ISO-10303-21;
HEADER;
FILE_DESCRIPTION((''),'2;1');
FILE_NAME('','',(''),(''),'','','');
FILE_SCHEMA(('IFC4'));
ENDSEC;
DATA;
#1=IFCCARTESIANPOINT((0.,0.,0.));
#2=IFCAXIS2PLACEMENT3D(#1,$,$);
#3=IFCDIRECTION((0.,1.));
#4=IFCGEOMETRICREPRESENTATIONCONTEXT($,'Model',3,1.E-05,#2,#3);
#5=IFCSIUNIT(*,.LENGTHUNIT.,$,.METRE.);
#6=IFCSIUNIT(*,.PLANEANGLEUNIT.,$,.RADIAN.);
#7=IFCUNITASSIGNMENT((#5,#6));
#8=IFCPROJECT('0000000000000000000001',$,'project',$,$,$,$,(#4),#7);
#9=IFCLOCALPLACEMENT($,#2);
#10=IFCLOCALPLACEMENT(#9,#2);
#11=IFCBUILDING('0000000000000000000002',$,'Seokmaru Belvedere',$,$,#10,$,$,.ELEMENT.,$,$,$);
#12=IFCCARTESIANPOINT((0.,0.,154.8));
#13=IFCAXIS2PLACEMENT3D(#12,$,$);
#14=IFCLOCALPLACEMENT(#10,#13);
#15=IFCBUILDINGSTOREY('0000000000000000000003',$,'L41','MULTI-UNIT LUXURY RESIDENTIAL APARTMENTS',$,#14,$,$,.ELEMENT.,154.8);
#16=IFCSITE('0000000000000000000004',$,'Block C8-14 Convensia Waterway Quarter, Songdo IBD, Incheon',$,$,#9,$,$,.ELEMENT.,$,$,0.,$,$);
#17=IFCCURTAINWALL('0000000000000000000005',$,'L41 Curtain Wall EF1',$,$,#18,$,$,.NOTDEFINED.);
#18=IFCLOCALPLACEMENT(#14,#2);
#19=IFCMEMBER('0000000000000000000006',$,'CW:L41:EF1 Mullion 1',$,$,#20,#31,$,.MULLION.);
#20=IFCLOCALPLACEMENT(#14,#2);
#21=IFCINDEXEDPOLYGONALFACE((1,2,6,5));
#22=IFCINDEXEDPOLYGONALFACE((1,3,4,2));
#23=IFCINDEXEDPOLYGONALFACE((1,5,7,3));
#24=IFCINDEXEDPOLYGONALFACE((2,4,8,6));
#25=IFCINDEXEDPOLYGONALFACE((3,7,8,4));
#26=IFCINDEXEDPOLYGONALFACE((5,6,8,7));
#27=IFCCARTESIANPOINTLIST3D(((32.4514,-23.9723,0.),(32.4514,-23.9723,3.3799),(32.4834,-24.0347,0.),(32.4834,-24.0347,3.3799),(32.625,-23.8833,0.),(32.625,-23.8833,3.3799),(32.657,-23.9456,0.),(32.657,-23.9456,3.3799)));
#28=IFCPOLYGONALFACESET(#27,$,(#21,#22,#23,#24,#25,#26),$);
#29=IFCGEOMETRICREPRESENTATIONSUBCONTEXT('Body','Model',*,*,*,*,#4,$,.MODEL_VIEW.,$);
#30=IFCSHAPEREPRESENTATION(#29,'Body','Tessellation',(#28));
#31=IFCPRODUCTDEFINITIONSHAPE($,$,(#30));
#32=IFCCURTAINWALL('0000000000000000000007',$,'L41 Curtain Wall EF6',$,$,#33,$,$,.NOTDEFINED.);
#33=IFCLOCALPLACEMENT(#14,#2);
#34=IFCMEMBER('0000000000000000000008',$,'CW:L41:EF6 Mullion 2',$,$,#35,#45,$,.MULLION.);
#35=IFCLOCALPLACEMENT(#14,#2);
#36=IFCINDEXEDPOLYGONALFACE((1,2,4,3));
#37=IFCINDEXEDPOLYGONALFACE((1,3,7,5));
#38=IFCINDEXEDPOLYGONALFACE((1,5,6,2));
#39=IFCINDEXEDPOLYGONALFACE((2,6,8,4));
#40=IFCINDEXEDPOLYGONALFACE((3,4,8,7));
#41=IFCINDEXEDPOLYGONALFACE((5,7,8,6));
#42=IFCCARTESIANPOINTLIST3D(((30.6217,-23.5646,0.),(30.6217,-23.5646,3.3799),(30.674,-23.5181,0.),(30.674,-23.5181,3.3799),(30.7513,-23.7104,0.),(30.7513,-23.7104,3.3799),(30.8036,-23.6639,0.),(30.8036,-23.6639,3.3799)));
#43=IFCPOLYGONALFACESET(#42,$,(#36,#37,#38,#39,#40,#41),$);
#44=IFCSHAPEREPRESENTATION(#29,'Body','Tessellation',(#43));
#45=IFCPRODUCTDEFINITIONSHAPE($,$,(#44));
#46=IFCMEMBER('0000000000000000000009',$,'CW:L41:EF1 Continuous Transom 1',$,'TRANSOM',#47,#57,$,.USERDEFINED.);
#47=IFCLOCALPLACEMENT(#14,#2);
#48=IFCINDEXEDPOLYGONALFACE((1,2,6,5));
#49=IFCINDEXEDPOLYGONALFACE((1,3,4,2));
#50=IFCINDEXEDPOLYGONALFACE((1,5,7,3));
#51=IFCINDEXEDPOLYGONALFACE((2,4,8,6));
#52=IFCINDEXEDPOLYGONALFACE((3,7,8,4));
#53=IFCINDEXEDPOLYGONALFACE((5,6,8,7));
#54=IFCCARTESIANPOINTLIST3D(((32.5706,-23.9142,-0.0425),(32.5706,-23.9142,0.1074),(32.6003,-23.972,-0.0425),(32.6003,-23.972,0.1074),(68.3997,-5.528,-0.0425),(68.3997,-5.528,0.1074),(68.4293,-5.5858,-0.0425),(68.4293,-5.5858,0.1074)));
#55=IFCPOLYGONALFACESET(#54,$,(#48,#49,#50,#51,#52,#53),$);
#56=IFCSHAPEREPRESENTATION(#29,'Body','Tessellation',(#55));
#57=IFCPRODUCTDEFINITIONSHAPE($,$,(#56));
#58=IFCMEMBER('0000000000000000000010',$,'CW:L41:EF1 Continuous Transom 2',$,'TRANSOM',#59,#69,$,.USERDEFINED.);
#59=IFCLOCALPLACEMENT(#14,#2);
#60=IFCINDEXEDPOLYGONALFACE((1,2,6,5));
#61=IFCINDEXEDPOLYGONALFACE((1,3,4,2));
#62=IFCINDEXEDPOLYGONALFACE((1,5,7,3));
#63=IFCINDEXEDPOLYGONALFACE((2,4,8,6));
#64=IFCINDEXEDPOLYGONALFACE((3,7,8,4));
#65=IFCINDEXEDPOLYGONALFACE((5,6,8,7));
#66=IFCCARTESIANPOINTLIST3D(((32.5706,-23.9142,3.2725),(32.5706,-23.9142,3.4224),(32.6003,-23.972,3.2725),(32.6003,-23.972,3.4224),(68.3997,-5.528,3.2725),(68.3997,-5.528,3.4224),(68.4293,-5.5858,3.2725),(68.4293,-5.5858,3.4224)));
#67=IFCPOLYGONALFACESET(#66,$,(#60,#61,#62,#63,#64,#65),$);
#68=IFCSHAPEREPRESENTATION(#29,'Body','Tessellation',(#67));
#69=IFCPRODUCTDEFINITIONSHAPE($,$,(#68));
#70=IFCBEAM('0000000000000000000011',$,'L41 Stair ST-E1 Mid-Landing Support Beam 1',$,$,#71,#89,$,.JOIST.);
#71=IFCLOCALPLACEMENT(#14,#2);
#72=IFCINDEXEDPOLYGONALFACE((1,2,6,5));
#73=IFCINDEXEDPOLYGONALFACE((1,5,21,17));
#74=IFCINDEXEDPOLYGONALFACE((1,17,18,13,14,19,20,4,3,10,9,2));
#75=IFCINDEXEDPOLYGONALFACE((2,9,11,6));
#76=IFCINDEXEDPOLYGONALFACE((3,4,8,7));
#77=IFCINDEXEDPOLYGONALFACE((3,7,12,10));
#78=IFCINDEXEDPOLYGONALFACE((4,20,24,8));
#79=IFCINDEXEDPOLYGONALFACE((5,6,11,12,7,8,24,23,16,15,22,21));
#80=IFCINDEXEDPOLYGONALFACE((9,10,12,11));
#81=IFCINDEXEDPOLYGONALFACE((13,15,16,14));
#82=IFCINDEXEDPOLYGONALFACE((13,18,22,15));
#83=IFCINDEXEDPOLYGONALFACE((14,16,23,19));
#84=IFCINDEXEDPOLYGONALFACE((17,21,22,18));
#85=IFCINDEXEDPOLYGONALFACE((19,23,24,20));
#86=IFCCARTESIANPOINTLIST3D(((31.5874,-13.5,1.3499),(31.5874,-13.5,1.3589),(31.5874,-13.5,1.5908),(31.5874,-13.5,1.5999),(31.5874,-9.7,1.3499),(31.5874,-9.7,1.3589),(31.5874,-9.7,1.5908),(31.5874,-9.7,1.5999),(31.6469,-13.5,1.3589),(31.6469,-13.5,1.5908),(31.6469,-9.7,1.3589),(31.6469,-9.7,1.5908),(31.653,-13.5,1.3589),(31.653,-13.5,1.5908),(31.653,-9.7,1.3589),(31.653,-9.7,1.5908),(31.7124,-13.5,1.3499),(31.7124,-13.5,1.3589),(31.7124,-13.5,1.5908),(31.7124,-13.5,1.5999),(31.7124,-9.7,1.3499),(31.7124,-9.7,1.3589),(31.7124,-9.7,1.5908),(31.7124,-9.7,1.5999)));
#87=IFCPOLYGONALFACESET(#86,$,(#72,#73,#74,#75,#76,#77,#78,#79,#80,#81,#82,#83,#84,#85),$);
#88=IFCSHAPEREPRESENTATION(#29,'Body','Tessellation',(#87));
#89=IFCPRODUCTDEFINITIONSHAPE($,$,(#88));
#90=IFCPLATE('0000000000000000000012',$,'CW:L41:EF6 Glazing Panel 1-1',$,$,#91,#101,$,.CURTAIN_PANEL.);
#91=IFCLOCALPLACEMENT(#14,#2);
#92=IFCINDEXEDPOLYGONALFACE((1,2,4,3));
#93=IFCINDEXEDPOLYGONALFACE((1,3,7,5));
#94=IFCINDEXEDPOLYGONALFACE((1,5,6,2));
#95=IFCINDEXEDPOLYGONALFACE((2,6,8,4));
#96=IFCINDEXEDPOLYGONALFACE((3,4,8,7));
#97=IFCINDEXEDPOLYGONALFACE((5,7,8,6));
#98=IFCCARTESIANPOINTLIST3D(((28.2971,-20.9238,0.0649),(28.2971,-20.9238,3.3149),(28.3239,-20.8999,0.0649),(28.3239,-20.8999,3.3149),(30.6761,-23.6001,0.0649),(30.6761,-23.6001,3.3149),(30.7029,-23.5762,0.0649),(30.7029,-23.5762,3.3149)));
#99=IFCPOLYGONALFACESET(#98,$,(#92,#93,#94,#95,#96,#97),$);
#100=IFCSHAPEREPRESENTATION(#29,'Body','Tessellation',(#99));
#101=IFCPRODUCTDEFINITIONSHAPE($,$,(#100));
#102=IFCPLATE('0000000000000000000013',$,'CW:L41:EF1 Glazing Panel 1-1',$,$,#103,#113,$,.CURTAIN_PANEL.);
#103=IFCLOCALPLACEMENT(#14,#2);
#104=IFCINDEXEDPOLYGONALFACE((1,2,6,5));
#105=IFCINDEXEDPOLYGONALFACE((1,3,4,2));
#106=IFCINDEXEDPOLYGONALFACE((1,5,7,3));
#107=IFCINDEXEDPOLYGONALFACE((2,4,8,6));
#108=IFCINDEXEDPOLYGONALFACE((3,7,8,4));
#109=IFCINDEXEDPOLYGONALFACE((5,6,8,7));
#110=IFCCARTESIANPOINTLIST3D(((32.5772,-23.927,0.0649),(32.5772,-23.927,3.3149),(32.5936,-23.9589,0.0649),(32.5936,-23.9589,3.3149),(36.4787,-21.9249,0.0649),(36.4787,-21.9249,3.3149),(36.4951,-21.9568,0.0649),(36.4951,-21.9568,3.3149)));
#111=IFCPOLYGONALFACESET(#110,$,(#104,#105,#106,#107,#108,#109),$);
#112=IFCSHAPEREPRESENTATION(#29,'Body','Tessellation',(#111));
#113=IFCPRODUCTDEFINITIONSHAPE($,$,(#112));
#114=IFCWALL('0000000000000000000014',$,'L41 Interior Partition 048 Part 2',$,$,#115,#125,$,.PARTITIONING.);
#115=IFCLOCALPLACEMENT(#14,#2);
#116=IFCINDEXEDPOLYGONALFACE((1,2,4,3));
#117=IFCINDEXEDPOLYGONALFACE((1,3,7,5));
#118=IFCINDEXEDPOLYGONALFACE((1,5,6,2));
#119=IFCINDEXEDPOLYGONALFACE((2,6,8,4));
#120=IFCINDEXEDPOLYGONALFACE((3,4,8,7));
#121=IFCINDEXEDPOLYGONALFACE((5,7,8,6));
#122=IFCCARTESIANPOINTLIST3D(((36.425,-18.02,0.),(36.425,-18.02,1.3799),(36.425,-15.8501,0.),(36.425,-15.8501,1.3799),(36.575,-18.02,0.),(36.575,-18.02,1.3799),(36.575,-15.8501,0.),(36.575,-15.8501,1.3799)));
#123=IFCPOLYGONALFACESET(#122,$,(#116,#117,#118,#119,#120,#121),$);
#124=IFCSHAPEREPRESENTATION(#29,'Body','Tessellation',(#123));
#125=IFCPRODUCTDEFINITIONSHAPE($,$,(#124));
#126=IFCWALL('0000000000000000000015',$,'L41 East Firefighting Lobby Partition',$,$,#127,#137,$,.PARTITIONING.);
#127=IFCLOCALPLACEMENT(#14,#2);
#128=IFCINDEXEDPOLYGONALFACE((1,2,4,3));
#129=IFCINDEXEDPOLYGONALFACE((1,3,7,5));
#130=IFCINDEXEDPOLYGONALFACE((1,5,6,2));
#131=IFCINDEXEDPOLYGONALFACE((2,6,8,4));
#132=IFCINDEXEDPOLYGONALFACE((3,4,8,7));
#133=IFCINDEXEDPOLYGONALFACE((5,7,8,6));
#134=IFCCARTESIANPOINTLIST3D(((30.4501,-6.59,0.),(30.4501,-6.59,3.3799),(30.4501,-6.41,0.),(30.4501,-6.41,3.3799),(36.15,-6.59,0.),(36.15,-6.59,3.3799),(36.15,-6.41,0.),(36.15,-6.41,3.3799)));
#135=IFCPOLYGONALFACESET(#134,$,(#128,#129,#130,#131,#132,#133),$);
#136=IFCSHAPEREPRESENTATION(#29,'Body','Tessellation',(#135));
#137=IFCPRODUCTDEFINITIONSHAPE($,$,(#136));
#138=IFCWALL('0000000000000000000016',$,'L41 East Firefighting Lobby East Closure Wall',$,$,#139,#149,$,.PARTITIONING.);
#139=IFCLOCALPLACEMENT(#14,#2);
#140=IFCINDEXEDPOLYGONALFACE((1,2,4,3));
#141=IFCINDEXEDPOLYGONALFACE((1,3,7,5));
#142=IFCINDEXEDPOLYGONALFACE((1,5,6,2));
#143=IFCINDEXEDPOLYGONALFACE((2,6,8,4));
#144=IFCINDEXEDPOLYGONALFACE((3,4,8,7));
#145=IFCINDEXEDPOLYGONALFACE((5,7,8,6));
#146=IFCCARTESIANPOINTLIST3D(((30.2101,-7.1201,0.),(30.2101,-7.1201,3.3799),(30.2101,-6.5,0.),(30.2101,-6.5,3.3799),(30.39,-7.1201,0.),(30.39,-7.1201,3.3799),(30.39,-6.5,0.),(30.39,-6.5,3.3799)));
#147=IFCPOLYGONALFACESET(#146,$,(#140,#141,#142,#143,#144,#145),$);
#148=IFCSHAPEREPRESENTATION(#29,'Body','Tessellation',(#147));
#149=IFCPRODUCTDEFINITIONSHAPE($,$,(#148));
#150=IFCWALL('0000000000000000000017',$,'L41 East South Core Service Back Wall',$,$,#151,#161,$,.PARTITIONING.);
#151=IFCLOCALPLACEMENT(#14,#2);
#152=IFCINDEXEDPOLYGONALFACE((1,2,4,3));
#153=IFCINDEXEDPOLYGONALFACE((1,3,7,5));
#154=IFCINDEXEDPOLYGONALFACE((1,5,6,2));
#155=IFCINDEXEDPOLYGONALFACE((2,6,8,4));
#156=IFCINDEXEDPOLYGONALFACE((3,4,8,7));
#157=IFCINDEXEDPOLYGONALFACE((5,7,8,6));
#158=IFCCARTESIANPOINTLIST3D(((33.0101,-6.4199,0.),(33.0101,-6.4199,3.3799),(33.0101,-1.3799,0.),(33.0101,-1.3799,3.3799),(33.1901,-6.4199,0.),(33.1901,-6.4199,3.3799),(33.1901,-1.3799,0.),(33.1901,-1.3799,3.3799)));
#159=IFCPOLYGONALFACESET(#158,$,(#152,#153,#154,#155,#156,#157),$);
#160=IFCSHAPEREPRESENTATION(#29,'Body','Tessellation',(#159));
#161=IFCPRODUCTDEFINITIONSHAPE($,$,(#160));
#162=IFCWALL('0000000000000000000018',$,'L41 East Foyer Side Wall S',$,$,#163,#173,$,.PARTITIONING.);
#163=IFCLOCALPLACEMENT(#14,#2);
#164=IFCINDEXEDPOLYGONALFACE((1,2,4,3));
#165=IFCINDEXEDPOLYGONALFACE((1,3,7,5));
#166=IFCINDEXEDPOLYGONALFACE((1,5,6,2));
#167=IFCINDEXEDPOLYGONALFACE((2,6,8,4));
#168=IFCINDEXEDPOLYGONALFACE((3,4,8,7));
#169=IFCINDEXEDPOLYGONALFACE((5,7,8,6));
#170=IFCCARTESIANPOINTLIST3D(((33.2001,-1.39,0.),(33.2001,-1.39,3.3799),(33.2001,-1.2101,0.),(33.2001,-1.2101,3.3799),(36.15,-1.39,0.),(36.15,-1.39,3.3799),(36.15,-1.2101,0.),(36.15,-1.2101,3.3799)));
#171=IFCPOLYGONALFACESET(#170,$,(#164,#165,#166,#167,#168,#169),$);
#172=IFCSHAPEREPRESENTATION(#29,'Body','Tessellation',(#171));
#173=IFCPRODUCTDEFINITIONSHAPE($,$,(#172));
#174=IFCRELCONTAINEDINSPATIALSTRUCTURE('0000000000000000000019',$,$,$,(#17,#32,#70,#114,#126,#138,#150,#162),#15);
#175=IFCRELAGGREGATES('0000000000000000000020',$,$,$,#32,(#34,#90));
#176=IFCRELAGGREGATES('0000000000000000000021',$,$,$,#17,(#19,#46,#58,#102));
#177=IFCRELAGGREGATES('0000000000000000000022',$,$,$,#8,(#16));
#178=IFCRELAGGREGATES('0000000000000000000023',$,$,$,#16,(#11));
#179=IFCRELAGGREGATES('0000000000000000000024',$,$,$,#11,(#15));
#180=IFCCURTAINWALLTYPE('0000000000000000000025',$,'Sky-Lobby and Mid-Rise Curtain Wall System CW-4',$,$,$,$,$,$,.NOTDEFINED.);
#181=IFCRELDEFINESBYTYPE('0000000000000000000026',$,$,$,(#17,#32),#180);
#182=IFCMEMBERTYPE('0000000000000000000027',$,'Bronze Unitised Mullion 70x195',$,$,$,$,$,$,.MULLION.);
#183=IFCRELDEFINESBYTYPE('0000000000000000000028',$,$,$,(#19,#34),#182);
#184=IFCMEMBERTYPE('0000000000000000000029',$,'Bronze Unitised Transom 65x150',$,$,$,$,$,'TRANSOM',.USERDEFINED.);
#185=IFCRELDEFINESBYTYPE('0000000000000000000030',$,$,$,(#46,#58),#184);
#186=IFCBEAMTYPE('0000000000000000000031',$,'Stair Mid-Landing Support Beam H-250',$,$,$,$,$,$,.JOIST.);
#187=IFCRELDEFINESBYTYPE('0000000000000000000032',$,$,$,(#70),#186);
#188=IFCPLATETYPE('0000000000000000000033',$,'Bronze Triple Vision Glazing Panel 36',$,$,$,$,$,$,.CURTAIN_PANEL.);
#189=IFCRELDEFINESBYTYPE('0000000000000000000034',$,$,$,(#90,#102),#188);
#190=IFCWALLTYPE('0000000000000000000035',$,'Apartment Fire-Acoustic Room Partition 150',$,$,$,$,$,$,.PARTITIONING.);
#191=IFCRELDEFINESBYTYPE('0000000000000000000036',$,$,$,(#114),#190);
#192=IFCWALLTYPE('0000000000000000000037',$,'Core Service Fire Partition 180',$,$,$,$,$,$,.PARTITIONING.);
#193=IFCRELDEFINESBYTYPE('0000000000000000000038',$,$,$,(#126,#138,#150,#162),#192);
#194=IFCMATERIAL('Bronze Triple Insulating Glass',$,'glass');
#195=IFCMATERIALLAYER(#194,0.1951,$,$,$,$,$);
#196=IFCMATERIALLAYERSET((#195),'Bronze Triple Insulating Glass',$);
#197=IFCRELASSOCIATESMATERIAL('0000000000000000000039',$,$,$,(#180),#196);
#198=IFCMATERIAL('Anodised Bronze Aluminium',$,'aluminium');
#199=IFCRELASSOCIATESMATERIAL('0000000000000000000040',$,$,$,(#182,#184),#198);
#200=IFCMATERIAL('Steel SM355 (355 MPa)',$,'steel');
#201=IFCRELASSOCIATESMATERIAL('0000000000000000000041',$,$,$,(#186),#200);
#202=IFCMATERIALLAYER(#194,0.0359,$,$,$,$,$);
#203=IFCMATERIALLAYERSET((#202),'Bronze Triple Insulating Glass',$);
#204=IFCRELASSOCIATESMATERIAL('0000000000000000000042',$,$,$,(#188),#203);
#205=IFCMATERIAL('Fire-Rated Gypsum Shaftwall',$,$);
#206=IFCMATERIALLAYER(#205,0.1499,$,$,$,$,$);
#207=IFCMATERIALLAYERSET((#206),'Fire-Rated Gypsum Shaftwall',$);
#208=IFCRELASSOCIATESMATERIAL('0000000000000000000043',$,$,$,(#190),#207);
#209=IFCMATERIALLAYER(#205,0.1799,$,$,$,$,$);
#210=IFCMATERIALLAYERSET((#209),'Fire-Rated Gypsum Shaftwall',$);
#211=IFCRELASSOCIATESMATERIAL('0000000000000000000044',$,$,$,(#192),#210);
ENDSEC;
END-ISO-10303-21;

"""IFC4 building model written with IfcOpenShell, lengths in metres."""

from ifc_helpers import new_model, si_unit, direction, frame, frame_2d, origin, origin_2d, place, context, subcontext, project, spatial, rectangle, i_section, extrude, source, transform, mapped, material, layer, layer_set, material_profile, profile_set, type_object, type_shapes, element, aggregate, save


model = new_model("IFC4")

# Units and contexts
model_context = context("Model", 3, precision=1e-05, world=origin(), true_north=direction((0.0, 1.0)))
body_context = subcontext(model_context, "Body", "Model", "MODEL_VIEW")
ifc_project = project(units=[si_unit("LENGTHUNIT", "METRE"), si_unit("PLANEANGLEUNIT", "RADIAN")], contexts=[model_context])

# Site, building, storey
site_placement = place(None, origin())
site = spatial("IfcSite", under=ifc_project, at=site_placement, Name="Block C8-14 Convensia Waterway Quarter, Songdo IBD, Incheon", CompositionType="ELEMENT", RefElevation=0.0)
building_placement = place(site_placement, origin())
building = spatial("IfcBuilding", under=site, at=building_placement, Name="Seokmaru Belvedere", CompositionType="ELEMENT")
storey_placement = place(building_placement, frame((0.0, 0.0, 154.8)))
storey = spatial("IfcBuildingStorey", under=building, at=storey_placement, Name="L41", Description="MULTI-UNIT LUXURY RESIDENTIAL APARTMENTS", CompositionType="ELEMENT", Elevation=154.8)

# Shared definitions
ifc_material_1 = material(Name="Steel SM355 (355 MPa)", Category="steel")

# Curtain walls, members
ifc_material_2 = material(Name="Bronze Triple Insulating Glass", Category="glass")
ifc_layer_1 = layer(ifc_material_2, 0.1951)
ifc_layer_set_1 = layer_set([ifc_layer_1], Name="Bronze Triple Insulating Glass")
curtain_wall_type = type_object("IfcCurtainWallType", Name="Sky-Lobby and Mid-Rise Curtain Wall System CW-4", PredefinedType="NOTDEFINED", material=ifc_layer_set_1)
curtain_wall_1_placement = place(storey_placement, origin())
curtain_wall_1 = element("IfcCurtainWall", 1, at=curtain_wall_1_placement, inside=storey, type_object=curtain_wall_type, Name="L41 Curtain Wall EF1", PredefinedType="NOTDEFINED")
ifc_material_3 = material(Name="Anodised Bronze Aluminium", Category="aluminium")
ifc_material_profile_1 = material_profile(ifc_material_3, rectangle(XDim=0.0701, YDim=0.1951, at=origin_2d()), Name="CW-M-70x195")
ifc_profile_set_1 = profile_set([ifc_material_profile_1], Name="Anodised Bronze Aluminium")
member_type_1 = type_object("IfcMemberType", Name="Bronze Unitised Mullion 70x195", PredefinedType="MULLION", material=ifc_profile_set_1)
shared_shape_1 = source(origin(), body_context, "Body", "SweptSolid", [
    extrude(rectangle(XDim=0.0701, YDim=0.1951, at=origin_2d()), origin(), (0.0, 0.0, 1.0), 3.3799),
])
type_shapes(member_type_1, [shared_shape_1])
member_1_placement = place(storey_placement, frame((32.5542, -23.959, 0.0), z_axis=(0.0, 0.0, 1.0), x_axis=(-0.456555, 0.889695, 0.0)))
member_1 = element("IfcMember", 2, at=member_1_placement, type_object=member_type_1, Name="CW:L41:EF1 Mullion 1", PredefinedType="MULLION", context=body_context, shape_type="MappedRepresentation", body=[
    mapped(shared_shape_1, transform((0.0, 0.0, 0.0), scale=1.0)),
])
curtain_wall_2_placement = place(storey_placement, origin())
curtain_wall_2 = element("IfcCurtainWall", 3, at=curtain_wall_2_placement, inside=storey, type_object=curtain_wall_type, Name="L41 Curtain Wall EF6", PredefinedType="NOTDEFINED")
member_2_placement = place(storey_placement, frame((30.7126, -23.6143, 0.0), z_axis=(0.0, 0.0, 1.0), x_axis=(0.74741, 0.664363, 0.0)))
member_2 = element("IfcMember", 4, at=member_2_placement, type_object=member_type_1, Name="CW:L41:EF6 Mullion 2", PredefinedType="MULLION", context=body_context, shape_type="MappedRepresentation", body=[
    mapped(shared_shape_1, transform((0.0, 0.0, 0.0), scale=1.0)),
])

# Members
ifc_material_profile_2 = material_profile(ifc_material_3, rectangle(XDim=0.0649, YDim=0.1499, at=origin_2d()), Name="CW-T-65x150")
ifc_profile_set_2 = profile_set([ifc_material_profile_2], Name="Anodised Bronze Aluminium")
member_type_2 = type_object("IfcMemberType", Name="Bronze Unitised Transom 65x150", ElementType="TRANSOM", PredefinedType="USERDEFINED", material=ifc_profile_set_2)
shared_shape_2 = source(origin(), body_context, "Body", "SweptSolid", [
    extrude(rectangle(XDim=0.0649, YDim=0.1499, at=origin_2d()), origin(), (0.0, 0.0, 1.0), 40.2712),
])
type_shapes(member_type_2, [shared_shape_2])
member_3_placement = place(storey_placement, frame((32.5854, -23.9431, 0.0325), z_axis=(0.889693, 0.456559, 0.0), x_axis=(-0.456559, 0.889693, 0.0)))
member_3 = element("IfcMember", 5, at=member_3_placement, type_object=member_type_2, Name="CW:L41:EF1 Continuous Transom 1", ObjectType="TRANSOM", PredefinedType="USERDEFINED", context=body_context, shape_type="MappedRepresentation", body=[
    mapped(shared_shape_2, transform((0.0, 0.0, 0.0), scale=1.0)),
])
member_4_placement = place(storey_placement, frame((32.5854, -23.9431, 3.3474), z_axis=(0.889693, 0.456559, 0.0), x_axis=(-0.456559, 0.889693, 0.0)))
member_4 = element("IfcMember", 6, at=member_4_placement, type_object=member_type_2, Name="CW:L41:EF1 Continuous Transom 2", ObjectType="TRANSOM", PredefinedType="USERDEFINED", context=body_context, shape_type="MappedRepresentation", body=[
    mapped(shared_shape_2, transform((0.0, 0.0, 0.0), scale=1.0)),
])

# Beam
ifc_material_profile_3 = material_profile(ifc_material_1, i_section(OverallWidth=0.125, OverallDepth=0.25, WebThickness=0.0061, FlangeThickness=0.009, at=origin_2d()), Name="H-250x125x6x9")
ifc_profile_set_3 = profile_set([ifc_material_profile_3], Name="Steel SM355 (355 MPa)")
beam_type_1 = type_object("IfcBeamType", Name="Stair Mid-Landing Support Beam H-250", PredefinedType="JOIST", material=ifc_profile_set_3)
shared_shape_3 = source(origin(), body_context, "Body", "SweptSolid", [
    extrude(i_section(OverallWidth=0.125, OverallDepth=0.25, WebThickness=0.0061, FlangeThickness=0.009, at=origin_2d()), origin(), (0.0, 0.0, 1.0), 3.8),
])
type_shapes(beam_type_1, [shared_shape_3])
beam_1_placement = place(storey_placement, frame((31.6499, -13.5, 1.4749), z_axis=(0.0, 1.0, 0.0), x_axis=(-1.0, 0.0, 0.0)))
element("IfcBeam", 7, at=beam_1_placement, inside=storey, type_object=beam_type_1, Name="L41 Stair ST-E1 Mid-Landing Support Beam 1", PredefinedType="JOIST", context=body_context, shape_type="MappedRepresentation", body=[
    mapped(shared_shape_3, transform((0.0, 0.0, 0.0), scale=1.0)),
])

# Plates
ifc_layer_2 = layer(ifc_material_2, 0.0359)
ifc_layer_set_2 = layer_set([ifc_layer_2], Name="Bronze Triple Insulating Glass")
plate_type = type_object("IfcPlateType", Name="Bronze Triple Vision Glazing Panel 36", PredefinedType="CURTAIN_PANEL", material=ifc_layer_set_2)
shared_shape_4 = source(origin(), body_context, "Body", "SweptSolid", [
    extrude(rectangle(XDim=3.5808, YDim=0.0359, at=origin_2d()), origin(), (0.0, 0.0, 1.0), 3.25),
])
plate_1_placement = place(storey_placement, frame((29.5, -22.25, 0.0649), z_axis=(0.0, 0.0, 1.0), x_axis=(0.664363, -0.74741, 0.0)))
plate_1 = element("IfcPlate", 8, at=plate_1_placement, type_object=plate_type, Name="CW:L41:EF6 Glazing Panel 1-1", PredefinedType="CURTAIN_PANEL", context=body_context, shape_type="MappedRepresentation", body=[
    mapped(shared_shape_4, transform((0.0, 0.0, 0.0), scale=1.0)),
])
aggregate(curtain_wall_2, [member_2, plate_1])
shared_shape_5 = source(origin(), body_context, "Body", "SweptSolid", [
    extrude(rectangle(XDim=4.3853, YDim=0.0359, at=origin_2d()), origin(), (0.0, 0.0, 1.0), 3.25),
])
type_shapes(plate_type, [shared_shape_4, shared_shape_5])
plate_2_placement = place(storey_placement, frame((34.5361, -22.9419, 0.0649), z_axis=(0.0, 0.0, 1.0), x_axis=(0.889695, 0.456555, 0.0)))
plate_2 = element("IfcPlate", 9, at=plate_2_placement, type_object=plate_type, Name="CW:L41:EF1 Glazing Panel 1-1", PredefinedType="CURTAIN_PANEL", context=body_context, shape_type="MappedRepresentation", body=[
    mapped(shared_shape_5, transform((0.0, 0.0, 0.0), scale=1.0)),
])
aggregate(curtain_wall_1, [member_1, member_3, member_4, plate_2])

# Shared definitions
ifc_material_4 = material(Name="Fire-Rated Gypsum Shaftwall")
ifc_layer_3 = layer(ifc_material_4, 0.1499)
ifc_layer_set_3 = layer_set([ifc_layer_3], Name="Fire-Rated Gypsum Shaftwall")
wall_type_1 = type_object("IfcWallType", Name="Apartment Fire-Acoustic Room Partition 150", PredefinedType="PARTITIONING", material=ifc_layer_set_3)

# Walls
wall_1_placement = place(storey_placement, frame((36.5, -18.02, 0.0), z_axis=(0.0, 0.0, 1.0), x_axis=(0.0, 1.0, 0.0)))
element("IfcWall", 10, at=wall_1_placement, inside=storey, type_object=wall_type_1, Name="L41 Interior Partition 048 Part 2", PredefinedType="PARTITIONING", context=body_context, shape_type="SweptSolid", body=[
    extrude(rectangle(XDim=2.1699, YDim=0.1499, at=frame_2d((1.085, 0.0))), origin(), (0.0, 0.0, 1.0), 1.3799),
])
ifc_layer_4 = layer(ifc_material_4, 0.1799)
ifc_layer_set_4 = layer_set([ifc_layer_4], Name="Fire-Rated Gypsum Shaftwall")
wall_type_2 = type_object("IfcWallType", Name="Core Service Fire Partition 180", PredefinedType="PARTITIONING", material=ifc_layer_set_4)
wall_2_placement = place(storey_placement, frame((30.45, -6.5, 0.0), z_axis=(0.0, 0.0, 1.0), x_axis=(1.0, 0.0, 0.0)))
element("IfcWall", 11, at=wall_2_placement, inside=storey, type_object=wall_type_2, Name="L41 East Firefighting Lobby Partition", PredefinedType="PARTITIONING", context=body_context, shape_type="SweptSolid", body=[
    extrude(rectangle(XDim=5.7, YDim=0.1799, at=frame_2d((2.8501, 0.0))), origin(), (0.0, 0.0, 1.0), 3.3799),
])
wall_3_placement = place(storey_placement, frame((30.3, -7.1201, 0.0), z_axis=(0.0, 0.0, 1.0), x_axis=(0.0, 1.0, 0.0)))
element("IfcWall", 12, at=wall_3_placement, inside=storey, type_object=wall_type_2, Name="L41 East Firefighting Lobby East Closure Wall", PredefinedType="PARTITIONING", context=body_context, shape_type="SweptSolid", body=[
    extrude(rectangle(XDim=0.6201, YDim=0.1799, at=frame_2d((0.3101, 0.0))), origin(), (0.0, 0.0, 1.0), 3.3799),
])
wall_4_placement = place(storey_placement, frame((33.1001, -6.4199, 0.0), z_axis=(0.0, 0.0, 1.0), x_axis=(0.0, 1.0, 0.0)))
element("IfcWall", 13, at=wall_4_placement, inside=storey, type_object=wall_type_2, Name="L41 East South Core Service Back Wall", PredefinedType="PARTITIONING", context=body_context, shape_type="SweptSolid", body=[
    extrude(rectangle(XDim=5.04, YDim=0.1799, at=frame_2d((2.52, 0.0))), origin(), (0.0, 0.0, 1.0), 3.3799),
])
wall_5_placement = place(storey_placement, frame((33.2, -1.3, 0.0), z_axis=(0.0, 0.0, 1.0), x_axis=(1.0, 0.0, 0.0)))
element("IfcWall", 14, at=wall_5_placement, inside=storey, type_object=wall_type_2, Name="L41 East Foyer Side Wall S", PredefinedType="PARTITIONING", context=body_context, shape_type="SweptSolid", body=[
    extrude(rectangle(XDim=2.95, YDim=0.1799, at=frame_2d((1.4751, 0.0))), origin(), (0.0, 0.0, 1.0), 3.3799),
])

save(model, "model.ifc")
